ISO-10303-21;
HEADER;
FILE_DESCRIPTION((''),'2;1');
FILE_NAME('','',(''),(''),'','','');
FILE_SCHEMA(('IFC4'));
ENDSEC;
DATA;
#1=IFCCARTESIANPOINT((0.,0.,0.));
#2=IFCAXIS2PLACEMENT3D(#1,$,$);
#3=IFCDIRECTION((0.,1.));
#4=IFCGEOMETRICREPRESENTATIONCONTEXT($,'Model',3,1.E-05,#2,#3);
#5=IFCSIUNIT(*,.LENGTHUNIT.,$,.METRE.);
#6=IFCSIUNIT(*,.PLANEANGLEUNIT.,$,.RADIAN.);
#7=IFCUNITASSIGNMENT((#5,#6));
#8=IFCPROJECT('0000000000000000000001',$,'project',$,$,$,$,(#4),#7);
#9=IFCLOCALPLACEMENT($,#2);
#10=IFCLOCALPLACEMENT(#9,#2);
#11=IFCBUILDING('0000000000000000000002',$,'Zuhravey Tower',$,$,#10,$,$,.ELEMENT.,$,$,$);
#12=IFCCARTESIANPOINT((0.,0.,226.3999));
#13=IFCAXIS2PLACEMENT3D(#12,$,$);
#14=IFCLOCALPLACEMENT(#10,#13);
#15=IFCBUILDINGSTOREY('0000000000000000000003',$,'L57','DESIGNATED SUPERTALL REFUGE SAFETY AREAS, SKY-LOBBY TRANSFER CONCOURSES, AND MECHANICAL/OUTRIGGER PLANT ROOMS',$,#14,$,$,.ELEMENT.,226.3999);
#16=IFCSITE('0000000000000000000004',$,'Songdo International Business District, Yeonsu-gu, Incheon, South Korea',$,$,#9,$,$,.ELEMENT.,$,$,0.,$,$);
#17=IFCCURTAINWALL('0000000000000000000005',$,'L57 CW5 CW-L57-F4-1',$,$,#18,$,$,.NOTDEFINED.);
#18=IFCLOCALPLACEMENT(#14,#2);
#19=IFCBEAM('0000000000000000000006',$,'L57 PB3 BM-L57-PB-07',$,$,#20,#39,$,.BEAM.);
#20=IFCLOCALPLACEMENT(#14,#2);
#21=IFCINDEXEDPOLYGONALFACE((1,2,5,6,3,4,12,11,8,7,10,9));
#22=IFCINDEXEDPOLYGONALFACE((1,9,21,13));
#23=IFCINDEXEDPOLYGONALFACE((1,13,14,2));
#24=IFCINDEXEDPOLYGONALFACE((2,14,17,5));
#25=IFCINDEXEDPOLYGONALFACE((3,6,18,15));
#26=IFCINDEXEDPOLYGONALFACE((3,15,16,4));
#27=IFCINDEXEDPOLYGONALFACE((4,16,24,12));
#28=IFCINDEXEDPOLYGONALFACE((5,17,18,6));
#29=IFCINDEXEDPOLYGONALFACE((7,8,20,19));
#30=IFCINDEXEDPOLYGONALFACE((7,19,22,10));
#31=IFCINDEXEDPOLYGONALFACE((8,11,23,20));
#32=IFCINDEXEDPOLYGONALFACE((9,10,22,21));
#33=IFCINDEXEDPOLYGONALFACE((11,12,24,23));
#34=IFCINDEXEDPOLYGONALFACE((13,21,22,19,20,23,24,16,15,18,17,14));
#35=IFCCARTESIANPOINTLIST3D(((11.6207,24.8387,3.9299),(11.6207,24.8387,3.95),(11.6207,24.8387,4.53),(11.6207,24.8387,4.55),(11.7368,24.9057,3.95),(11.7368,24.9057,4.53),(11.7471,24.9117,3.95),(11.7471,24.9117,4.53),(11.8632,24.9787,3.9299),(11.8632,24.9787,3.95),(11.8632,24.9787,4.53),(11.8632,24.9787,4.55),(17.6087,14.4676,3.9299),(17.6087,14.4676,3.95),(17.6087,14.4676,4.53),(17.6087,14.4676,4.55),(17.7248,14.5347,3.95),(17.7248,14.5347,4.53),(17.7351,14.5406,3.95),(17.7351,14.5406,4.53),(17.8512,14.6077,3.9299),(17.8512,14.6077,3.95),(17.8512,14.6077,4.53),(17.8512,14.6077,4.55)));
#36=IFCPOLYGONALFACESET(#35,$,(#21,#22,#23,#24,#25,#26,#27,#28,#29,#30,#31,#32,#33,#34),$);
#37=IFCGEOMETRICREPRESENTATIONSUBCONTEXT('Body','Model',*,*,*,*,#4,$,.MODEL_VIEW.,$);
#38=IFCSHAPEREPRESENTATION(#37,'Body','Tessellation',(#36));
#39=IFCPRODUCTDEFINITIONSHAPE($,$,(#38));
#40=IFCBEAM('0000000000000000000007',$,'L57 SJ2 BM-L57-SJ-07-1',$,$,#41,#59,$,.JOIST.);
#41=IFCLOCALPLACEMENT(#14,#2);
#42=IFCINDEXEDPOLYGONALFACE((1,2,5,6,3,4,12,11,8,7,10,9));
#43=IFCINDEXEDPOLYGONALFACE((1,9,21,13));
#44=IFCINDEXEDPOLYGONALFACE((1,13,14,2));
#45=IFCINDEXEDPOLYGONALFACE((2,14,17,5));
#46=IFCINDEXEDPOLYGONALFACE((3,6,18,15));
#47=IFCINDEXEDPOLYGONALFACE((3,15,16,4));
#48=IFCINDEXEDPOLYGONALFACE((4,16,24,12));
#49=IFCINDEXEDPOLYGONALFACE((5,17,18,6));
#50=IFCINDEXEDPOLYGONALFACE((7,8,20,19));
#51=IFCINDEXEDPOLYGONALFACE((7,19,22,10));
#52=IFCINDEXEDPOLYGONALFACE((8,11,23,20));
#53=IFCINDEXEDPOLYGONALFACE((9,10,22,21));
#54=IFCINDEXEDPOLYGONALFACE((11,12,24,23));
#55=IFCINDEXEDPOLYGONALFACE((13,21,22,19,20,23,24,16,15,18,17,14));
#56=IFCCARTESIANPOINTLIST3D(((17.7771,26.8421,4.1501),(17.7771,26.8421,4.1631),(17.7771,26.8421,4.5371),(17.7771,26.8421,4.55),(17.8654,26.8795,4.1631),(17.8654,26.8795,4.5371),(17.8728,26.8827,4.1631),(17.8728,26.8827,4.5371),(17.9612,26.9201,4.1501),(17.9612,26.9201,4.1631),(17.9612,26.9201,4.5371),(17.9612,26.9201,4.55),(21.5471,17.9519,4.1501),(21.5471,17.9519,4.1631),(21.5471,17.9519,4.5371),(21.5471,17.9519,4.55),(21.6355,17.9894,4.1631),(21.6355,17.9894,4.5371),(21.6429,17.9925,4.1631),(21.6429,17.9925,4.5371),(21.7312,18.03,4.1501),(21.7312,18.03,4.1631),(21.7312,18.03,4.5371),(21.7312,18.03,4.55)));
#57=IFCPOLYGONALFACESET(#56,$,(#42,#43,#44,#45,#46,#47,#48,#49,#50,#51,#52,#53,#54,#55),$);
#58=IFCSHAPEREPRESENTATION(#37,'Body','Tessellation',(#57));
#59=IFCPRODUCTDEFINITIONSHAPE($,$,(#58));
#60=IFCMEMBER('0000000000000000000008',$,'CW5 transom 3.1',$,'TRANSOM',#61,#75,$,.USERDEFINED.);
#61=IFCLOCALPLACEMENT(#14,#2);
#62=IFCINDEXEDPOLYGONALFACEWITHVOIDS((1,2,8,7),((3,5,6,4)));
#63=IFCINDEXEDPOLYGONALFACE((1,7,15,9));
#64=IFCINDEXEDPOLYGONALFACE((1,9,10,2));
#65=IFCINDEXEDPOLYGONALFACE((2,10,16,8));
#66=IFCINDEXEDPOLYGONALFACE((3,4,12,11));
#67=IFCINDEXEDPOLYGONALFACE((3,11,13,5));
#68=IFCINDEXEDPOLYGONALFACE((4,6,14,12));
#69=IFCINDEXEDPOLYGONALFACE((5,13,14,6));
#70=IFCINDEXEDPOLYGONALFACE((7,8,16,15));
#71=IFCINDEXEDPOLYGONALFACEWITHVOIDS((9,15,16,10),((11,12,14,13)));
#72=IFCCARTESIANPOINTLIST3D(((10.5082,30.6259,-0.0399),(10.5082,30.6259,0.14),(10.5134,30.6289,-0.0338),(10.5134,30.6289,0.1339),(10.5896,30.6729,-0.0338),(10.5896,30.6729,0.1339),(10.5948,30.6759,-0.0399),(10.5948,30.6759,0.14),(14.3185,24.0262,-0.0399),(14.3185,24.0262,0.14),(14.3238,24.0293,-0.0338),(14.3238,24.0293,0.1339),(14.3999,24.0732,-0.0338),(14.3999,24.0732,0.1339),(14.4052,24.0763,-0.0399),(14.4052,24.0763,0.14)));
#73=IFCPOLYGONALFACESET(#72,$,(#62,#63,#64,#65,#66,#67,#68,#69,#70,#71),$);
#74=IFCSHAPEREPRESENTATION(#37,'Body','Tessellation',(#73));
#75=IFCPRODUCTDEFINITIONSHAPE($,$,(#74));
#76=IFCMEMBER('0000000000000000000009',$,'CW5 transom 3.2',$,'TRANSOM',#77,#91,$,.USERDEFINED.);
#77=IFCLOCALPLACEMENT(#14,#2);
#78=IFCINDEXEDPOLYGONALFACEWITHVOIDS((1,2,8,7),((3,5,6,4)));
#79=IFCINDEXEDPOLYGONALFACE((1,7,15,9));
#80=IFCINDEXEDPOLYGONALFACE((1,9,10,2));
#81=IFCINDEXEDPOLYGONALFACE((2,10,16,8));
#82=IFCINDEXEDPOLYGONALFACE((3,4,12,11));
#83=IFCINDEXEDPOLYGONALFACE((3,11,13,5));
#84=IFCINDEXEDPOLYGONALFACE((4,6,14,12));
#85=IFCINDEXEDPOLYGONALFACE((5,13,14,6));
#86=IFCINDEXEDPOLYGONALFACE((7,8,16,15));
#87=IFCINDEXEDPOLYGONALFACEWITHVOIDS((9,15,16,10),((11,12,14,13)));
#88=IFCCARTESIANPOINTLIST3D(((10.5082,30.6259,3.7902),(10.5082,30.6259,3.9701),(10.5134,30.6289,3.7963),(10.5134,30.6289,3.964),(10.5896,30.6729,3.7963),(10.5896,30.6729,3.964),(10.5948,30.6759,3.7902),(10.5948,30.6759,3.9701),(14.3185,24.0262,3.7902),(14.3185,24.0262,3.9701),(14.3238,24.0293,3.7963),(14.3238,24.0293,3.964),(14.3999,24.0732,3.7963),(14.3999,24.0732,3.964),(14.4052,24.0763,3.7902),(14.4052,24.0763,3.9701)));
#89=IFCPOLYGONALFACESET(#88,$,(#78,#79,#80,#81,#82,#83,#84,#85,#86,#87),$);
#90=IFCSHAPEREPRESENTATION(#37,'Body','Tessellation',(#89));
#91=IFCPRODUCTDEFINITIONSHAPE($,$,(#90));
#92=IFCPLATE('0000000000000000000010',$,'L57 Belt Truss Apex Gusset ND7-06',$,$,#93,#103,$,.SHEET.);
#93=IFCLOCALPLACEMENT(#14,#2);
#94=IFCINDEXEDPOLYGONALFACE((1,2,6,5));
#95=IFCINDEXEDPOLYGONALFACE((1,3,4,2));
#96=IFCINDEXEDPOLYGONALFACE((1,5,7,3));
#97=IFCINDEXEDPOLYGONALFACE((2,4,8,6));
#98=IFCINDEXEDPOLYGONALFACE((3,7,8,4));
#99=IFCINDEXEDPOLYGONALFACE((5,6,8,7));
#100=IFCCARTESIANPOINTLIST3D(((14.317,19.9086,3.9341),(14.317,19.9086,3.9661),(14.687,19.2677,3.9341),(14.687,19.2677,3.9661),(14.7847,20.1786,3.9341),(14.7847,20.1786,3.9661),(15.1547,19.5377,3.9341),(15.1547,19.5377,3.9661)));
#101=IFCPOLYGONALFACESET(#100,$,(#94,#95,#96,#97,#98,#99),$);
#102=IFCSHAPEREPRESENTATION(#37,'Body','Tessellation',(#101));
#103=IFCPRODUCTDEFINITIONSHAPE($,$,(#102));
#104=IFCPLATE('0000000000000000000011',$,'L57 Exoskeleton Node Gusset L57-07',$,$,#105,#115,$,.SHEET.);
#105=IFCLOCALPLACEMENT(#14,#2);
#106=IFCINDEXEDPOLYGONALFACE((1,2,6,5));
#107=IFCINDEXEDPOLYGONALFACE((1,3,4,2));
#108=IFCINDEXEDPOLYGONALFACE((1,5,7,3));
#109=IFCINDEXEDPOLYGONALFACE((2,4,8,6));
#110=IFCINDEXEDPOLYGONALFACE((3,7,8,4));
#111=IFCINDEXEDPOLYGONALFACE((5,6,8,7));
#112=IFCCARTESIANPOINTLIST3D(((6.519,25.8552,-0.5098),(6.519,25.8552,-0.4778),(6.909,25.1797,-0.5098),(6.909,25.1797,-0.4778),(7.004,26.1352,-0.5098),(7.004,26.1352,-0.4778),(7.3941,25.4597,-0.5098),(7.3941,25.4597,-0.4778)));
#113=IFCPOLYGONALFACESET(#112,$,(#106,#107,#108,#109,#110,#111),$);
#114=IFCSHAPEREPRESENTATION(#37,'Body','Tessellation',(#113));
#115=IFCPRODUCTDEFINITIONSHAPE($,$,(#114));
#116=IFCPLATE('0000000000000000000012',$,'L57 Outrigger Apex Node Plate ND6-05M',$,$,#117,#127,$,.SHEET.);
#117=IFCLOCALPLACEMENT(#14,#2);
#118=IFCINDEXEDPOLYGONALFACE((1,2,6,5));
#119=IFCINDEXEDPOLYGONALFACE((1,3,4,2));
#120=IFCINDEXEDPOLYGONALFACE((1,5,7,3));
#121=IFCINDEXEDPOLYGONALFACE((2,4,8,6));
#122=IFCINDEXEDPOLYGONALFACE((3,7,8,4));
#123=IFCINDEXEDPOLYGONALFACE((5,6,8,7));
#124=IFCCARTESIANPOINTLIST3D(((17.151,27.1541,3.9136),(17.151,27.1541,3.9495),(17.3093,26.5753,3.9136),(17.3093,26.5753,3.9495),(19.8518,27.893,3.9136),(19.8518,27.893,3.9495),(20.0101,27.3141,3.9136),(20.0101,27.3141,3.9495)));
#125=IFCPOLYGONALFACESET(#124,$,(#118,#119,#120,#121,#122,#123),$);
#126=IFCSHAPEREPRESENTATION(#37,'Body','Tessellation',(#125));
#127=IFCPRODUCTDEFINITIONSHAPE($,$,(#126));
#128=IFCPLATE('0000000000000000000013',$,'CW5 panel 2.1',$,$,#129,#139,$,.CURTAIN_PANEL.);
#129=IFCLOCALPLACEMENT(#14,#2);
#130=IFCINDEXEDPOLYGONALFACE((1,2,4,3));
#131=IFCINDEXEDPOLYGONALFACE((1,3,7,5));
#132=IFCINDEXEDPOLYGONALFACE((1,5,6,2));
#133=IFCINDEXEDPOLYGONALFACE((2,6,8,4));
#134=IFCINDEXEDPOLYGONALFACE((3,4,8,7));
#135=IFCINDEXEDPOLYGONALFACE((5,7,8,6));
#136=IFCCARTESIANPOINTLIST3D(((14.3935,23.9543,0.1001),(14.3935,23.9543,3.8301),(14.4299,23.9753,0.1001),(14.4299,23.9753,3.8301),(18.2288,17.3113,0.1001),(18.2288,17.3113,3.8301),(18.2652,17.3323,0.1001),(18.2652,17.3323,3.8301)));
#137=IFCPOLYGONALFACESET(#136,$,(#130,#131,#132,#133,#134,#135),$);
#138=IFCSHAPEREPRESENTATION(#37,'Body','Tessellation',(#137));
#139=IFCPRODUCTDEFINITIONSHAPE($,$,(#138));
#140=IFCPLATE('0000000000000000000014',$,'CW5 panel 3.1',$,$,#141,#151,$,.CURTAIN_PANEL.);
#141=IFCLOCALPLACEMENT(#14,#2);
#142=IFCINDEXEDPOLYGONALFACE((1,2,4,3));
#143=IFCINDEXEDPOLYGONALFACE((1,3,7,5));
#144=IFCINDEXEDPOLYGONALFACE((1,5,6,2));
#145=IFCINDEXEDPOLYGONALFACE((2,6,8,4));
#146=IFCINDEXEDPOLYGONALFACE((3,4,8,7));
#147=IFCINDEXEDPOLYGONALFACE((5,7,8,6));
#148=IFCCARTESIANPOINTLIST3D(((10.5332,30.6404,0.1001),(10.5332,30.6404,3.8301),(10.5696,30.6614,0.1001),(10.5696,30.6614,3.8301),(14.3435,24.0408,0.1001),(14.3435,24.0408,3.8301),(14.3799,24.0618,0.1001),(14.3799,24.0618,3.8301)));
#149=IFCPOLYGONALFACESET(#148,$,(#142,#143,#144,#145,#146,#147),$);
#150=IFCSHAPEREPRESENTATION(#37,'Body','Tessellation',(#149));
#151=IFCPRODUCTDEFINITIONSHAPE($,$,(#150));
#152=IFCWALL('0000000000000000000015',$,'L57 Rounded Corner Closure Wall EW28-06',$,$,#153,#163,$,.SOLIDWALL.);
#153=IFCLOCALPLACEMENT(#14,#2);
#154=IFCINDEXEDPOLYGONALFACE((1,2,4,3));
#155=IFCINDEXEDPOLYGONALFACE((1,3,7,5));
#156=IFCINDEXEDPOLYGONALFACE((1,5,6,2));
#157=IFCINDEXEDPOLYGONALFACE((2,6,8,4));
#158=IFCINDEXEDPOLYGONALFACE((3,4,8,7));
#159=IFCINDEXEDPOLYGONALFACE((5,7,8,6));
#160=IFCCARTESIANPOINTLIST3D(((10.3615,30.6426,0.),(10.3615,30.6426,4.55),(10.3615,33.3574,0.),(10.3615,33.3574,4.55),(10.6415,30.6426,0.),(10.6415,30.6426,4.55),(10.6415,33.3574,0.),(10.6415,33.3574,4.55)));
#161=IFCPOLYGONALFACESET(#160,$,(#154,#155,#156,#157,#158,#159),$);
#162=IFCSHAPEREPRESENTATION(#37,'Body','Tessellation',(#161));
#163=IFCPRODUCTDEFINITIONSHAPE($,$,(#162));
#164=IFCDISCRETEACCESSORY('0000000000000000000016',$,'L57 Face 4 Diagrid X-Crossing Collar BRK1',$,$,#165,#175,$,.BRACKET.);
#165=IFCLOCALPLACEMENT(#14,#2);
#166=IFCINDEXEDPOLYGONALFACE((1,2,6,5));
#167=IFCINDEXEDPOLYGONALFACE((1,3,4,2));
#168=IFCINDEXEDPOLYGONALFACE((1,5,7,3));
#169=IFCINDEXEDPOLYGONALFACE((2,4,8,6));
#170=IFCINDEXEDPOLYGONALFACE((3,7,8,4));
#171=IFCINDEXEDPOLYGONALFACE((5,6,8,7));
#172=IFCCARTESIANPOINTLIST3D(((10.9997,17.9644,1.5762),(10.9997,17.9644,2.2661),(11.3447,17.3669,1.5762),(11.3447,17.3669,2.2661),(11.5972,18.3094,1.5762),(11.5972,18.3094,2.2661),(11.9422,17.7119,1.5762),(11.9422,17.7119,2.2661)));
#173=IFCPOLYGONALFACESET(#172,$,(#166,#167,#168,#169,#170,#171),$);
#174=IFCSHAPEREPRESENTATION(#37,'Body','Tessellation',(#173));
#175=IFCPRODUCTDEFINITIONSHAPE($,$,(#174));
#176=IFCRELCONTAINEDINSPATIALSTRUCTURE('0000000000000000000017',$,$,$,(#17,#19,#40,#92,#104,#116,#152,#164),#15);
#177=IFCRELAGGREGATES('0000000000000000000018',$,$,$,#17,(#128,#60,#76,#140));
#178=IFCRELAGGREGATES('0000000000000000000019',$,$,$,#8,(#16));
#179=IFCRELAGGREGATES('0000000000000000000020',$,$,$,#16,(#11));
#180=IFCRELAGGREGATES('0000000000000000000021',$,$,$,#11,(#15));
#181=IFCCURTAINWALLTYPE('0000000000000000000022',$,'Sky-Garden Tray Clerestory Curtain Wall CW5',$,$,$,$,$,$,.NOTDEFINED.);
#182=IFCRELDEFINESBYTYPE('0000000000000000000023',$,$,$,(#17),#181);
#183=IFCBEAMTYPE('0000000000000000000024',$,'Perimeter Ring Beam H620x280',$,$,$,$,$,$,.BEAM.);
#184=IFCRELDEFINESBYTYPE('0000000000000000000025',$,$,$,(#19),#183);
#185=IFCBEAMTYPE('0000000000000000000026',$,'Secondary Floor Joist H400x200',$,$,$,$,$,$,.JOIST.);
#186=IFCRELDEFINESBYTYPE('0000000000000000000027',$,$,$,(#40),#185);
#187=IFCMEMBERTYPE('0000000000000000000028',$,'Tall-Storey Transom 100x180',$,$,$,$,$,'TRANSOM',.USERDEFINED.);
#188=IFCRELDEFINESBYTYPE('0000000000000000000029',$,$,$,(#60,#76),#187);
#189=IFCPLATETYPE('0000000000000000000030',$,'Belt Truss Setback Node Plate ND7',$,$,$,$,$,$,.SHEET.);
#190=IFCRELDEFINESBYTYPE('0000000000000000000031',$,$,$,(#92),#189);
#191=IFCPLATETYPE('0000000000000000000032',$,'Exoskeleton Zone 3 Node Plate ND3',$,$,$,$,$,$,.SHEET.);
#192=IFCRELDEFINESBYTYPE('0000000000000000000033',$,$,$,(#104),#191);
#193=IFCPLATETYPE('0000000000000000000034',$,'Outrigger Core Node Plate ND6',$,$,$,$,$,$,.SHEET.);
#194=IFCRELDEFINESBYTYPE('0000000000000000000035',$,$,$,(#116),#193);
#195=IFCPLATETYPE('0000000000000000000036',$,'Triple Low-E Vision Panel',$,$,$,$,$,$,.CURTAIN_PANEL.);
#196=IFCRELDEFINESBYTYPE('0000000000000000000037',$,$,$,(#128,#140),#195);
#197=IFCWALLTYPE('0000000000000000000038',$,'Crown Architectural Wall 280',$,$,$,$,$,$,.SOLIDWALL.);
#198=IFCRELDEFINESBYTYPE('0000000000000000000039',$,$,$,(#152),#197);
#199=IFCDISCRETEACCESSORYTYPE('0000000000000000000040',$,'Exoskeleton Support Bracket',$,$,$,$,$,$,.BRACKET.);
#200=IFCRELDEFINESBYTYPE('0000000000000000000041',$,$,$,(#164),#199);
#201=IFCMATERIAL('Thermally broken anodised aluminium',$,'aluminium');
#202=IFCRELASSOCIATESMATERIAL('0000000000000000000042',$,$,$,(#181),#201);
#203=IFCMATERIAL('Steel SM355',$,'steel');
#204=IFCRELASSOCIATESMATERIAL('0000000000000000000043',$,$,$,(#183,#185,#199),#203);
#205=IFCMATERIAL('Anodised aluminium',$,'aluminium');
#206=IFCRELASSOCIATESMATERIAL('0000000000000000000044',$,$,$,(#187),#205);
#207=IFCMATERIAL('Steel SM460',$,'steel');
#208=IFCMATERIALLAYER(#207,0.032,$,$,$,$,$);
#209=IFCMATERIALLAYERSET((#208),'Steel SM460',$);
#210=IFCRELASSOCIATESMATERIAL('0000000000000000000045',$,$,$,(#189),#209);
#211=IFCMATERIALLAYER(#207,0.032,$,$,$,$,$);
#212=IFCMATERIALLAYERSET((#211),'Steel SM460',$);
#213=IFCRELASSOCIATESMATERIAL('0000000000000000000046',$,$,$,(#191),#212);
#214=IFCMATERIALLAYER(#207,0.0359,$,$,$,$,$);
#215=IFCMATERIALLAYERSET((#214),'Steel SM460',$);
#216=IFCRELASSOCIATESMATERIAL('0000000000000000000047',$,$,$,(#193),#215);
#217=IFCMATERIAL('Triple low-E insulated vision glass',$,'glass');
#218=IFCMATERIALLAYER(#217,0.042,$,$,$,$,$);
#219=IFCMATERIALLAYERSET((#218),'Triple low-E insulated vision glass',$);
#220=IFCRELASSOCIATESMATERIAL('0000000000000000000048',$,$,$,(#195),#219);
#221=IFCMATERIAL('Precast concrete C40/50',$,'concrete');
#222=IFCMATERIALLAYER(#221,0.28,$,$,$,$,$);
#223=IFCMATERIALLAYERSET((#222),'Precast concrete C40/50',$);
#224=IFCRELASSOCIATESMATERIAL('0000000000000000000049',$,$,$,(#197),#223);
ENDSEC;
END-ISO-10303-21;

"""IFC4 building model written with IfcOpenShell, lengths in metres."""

from ifc_helpers import new_model, si_unit, direction, frame, frame_2d, origin, origin_2d, place, context, subcontext, project, spatial, rectangle, hollow_rectangle, i_section, extrude, material, layer, layer_set, material_profile, profile_set, type_object, element, aggregate, save


model = new_model("IFC4")

# Units and contexts
model_context = context("Model", 3, precision=1e-05, world=origin(), true_north=direction((0.0, 1.0)))
body_context = subcontext(model_context, "Body", "Model", "MODEL_VIEW")
ifc_project = project(units=[si_unit("LENGTHUNIT", "METRE"), si_unit("PLANEANGLEUNIT", "RADIAN")], contexts=[model_context])

# Site, building, storey
site_placement = place(None, origin())
site = spatial("IfcSite", under=ifc_project, at=site_placement, Name="Songdo International Business District, Yeonsu-gu, Incheon, South Korea", CompositionType="ELEMENT", RefElevation=0.0)
building_placement = place(site_placement, origin())
building = spatial("IfcBuilding", under=site, at=building_placement, Name="Zuhravey Tower", CompositionType="ELEMENT")
storey_placement = place(building_placement, frame((0.0, 0.0, 226.3999)))
storey = spatial("IfcBuildingStorey", under=building, at=storey_placement, Name="L57", Description="DESIGNATED SUPERTALL REFUGE SAFETY AREAS, SKY-LOBBY TRANSFER CONCOURSES, AND MECHANICAL/OUTRIGGER PLANT ROOMS", CompositionType="ELEMENT", Elevation=226.3999)

# Shared definitions
ifc_material_1 = material(Name="Steel SM355", Category="steel")

# Shared definitions
ifc_material_2 = material(Name="Steel SM460", Category="steel")

# Curtain wall
ifc_material_3 = material(Name="Thermally broken anodised aluminium", Category="aluminium")
curtain_wall_type = type_object("IfcCurtainWallType", Name="Sky-Garden Tray Clerestory Curtain Wall CW5", PredefinedType="NOTDEFINED", material=ifc_material_3)
curtain_wall_placement = place(storey_placement, origin())
curtain_wall = element("IfcCurtainWall", 1, at=curtain_wall_placement, inside=storey, type_object=curtain_wall_type, Name="L57 CW5 CW-L57-F4-1", PredefinedType="NOTDEFINED")
ifc_material_4 = material(Name="Anodised aluminium", Category="aluminium")

# Beams
ifc_material_profile_1 = material_profile(ifc_material_1, i_section(OverallWidth=0.28, OverallDepth=0.6201, WebThickness=0.012, FlangeThickness=0.02, at=origin_2d()), Name="H-620x280x12x20")
ifc_profile_set_1 = profile_set([ifc_material_profile_1], Name="Steel SM355")
beam_type_1 = type_object("IfcBeamType", Name="Perimeter Ring Beam H620x280", PredefinedType="BEAM", material=ifc_profile_set_1)
beam_1_placement = place(storey_placement, frame((11.7419, 24.9087, 4.24), z_axis=(0.500018, -0.866015, 0.0), x_axis=(0.866015, 0.500018, 0.0)))
element("IfcBeam", 2, at=beam_1_placement, inside=storey, type_object=beam_type_1, Name="L57 PB3 BM-L57-PB-07", PredefinedType="BEAM", context=body_context, shape_type="SweptSolid", body=[
    extrude(i_section(OverallWidth=0.28, OverallDepth=0.6201, WebThickness=0.012, FlangeThickness=0.02, at=origin_2d()), origin(), (0.0, 0.0, 1.0), 11.9756),
])
ifc_material_profile_2 = material_profile(ifc_material_1, i_section(OverallWidth=0.2, OverallDepth=0.3999, WebThickness=0.0081, FlangeThickness=0.0129, at=origin_2d()), Name="H-400x200x8x13")
ifc_profile_set_2 = profile_set([ifc_material_profile_2], Name="Steel SM355")
beam_type_2 = type_object("IfcBeamType", Name="Secondary Floor Joist H400x200", PredefinedType="JOIST", material=ifc_profile_set_2)
beam_2_placement = place(storey_placement, frame((17.8691, 26.8811, 4.3501), z_axis=(0.390413, -0.92064, 0.0), x_axis=(0.92064, 0.390413, 0.0)))
element("IfcBeam", 3, at=beam_2_placement, inside=storey, type_object=beam_type_2, Name="L57 SJ2 BM-L57-SJ-07-1", PredefinedType="JOIST", context=body_context, shape_type="SweptSolid", body=[
    extrude(i_section(OverallWidth=0.2, OverallDepth=0.3999, WebThickness=0.0081, FlangeThickness=0.0129, at=origin_2d()), origin(), (0.0, 0.0, 1.0), 9.6565),
])

# Members
ifc_material_profile_3 = material_profile(ifc_material_4, hollow_rectangle(XDim=0.1001, YDim=0.1799, WallThickness=0.0061, at=origin_2d()), Name="ALU-RHS-100x180x6")
ifc_profile_set_3 = profile_set([ifc_material_profile_3], Name="Anodised aluminium")
member_type_1 = type_object("IfcMemberType", Name="Tall-Storey Transom 100x180", ElementType="TRANSOM", PredefinedType="USERDEFINED", material=ifc_profile_set_3)
member_1_placement = place(storey_placement, frame((14.3618, 24.0513, 0.05), z_axis=(-0.500002, 0.866024, 0.0), x_axis=(-0.866024, -0.500002, 0.0)))
member_1 = element("IfcMember", 4, at=member_1_placement, type_object=member_type_1, Name="CW5 transom 3.1", ObjectType="TRANSOM", PredefinedType="USERDEFINED", context=body_context, shape_type="SweptSolid", body=[
    extrude(hollow_rectangle(XDim=0.1001, YDim=0.1799, WallThickness=0.0061, at=origin_2d()), origin(), (0.0, 0.0, 1.0), 7.6206),
])
member_2_placement = place(storey_placement, frame((14.3618, 24.0513, 3.8801), z_axis=(-0.500002, 0.866024, 0.0), x_axis=(-0.866024, -0.500002, 0.0)))
member_2 = element("IfcMember", 5, at=member_2_placement, type_object=member_type_1, Name="CW5 transom 3.2", ObjectType="TRANSOM", PredefinedType="USERDEFINED", context=body_context, shape_type="SweptSolid", body=[
    extrude(hollow_rectangle(XDim=0.1001, YDim=0.1799, WallThickness=0.0061, at=origin_2d()), origin(), (0.0, 0.0, 1.0), 7.6206),
])

# Plates
ifc_layer_1 = layer(ifc_material_2, 0.032)
ifc_layer_set_1 = layer_set([ifc_layer_1], Name="Steel SM460")
plate_type_1 = type_object("IfcPlateType", Name="Belt Truss Setback Node Plate ND7", PredefinedType="SHEET", material=ifc_layer_set_1)
plate_1_placement = place(storey_placement, frame((14.7358, 19.7231, 3.9341), z_axis=(0.0, 0.0, 1.0), x_axis=(0.5, -0.866025, 0.0)))
element("IfcPlate", 6, at=plate_1_placement, inside=storey, type_object=plate_type_1, Name="L57 Belt Truss Apex Gusset ND7-06", PredefinedType="SHEET", context=body_context, shape_type="SweptSolid", body=[
    extrude(rectangle(XDim=0.74, YDim=0.54, at=origin_2d()), origin(), (0.0, 0.0, 1.0), 0.032),
])
ifc_layer_2 = layer(ifc_material_2, 0.032)
ifc_layer_set_2 = layer_set([ifc_layer_2], Name="Steel SM460")
plate_type_2 = type_object("IfcPlateType", Name="Exoskeleton Zone 3 Node Plate ND3", PredefinedType="SHEET", material=ifc_layer_set_2)
plate_2_placement = place(storey_placement, frame((6.9565, 25.6575, -0.5098), z_axis=(0.0, 0.0, 1.0), x_axis=(0.5, -0.866025, 0.0)))
element("IfcPlate", 7, at=plate_2_placement, inside=storey, type_object=plate_type_2, Name="L57 Exoskeleton Node Gusset L57-07", PredefinedType="SHEET", context=body_context, shape_type="SweptSolid", body=[
    extrude(rectangle(XDim=0.78, YDim=0.5601, at=origin_2d()), origin(), (0.0, 0.0, 1.0), 0.032),
])
ifc_layer_3 = layer(ifc_material_2, 0.0359)
ifc_layer_set_3 = layer_set([ifc_layer_3], Name="Steel SM460")
plate_type_3 = type_object("IfcPlateType", Name="Outrigger Core Node Plate ND6", PredefinedType="SHEET", material=ifc_layer_set_3)
plate_3_placement = place(storey_placement, frame((18.5806, 27.2341, 3.9136), z_axis=(0.0, 0.0, 1.0), x_axis=(-0.964557, -0.263873, 0.0)))
element("IfcPlate", 8, at=plate_3_placement, inside=storey, type_object=plate_type_3, Name="L57 Outrigger Apex Node Plate ND6-05M", PredefinedType="SHEET", context=body_context, shape_type="SweptSolid", body=[
    extrude(rectangle(XDim=2.8, YDim=0.6001, at=origin_2d()), origin(), (0.0, 0.0, 1.0), 0.0359),
])

# Plates
ifc_material_5 = material(Name="Triple low-E insulated vision glass", Category="glass")
ifc_layer_4 = layer(ifc_material_5, 0.042)
ifc_layer_set_4 = layer_set([ifc_layer_4], Name="Triple low-E insulated vision glass")
plate_type_4 = type_object("IfcPlateType", Name="Triple Low-E Vision Panel", PredefinedType="CURTAIN_PANEL", material=ifc_layer_set_4)
plate_4_placement = place(storey_placement, frame((16.3293, 20.6433, 0.1001), z_axis=(0.0, 0.0, 1.0), x_axis=(-0.5, 0.866025, 0.0)))
plate_4 = element("IfcPlate", 9, at=plate_4_placement, type_object=plate_type_4, Name="CW5 panel 2.1", PredefinedType="CURTAIN_PANEL", context=body_context, shape_type="SweptSolid", body=[
    extrude(rectangle(XDim=7.6707, YDim=0.042, at=origin_2d()), origin(), (0.0, 0.0, 1.0), 3.73),
])
plate_5_placement = place(storey_placement, frame((12.4565, 27.3511, 0.1001), z_axis=(0.0, 0.0, 1.0), x_axis=(-0.5, 0.866025, 0.0)))
plate_5 = element("IfcPlate", 10, at=plate_5_placement, type_object=plate_type_4, Name="CW5 panel 3.1", PredefinedType="CURTAIN_PANEL", context=body_context, shape_type="SweptSolid", body=[
    extrude(rectangle(XDim=7.6206, YDim=0.042, at=origin_2d()), origin(), (0.0, 0.0, 1.0), 3.73),
])
aggregate(curtain_wall, [plate_4, member_1, member_2, plate_5])

# Wall
ifc_material_6 = material(Name="Precast concrete C40/50", Category="concrete")
ifc_layer_5 = layer(ifc_material_6, 0.28)
ifc_layer_set_5 = layer_set([ifc_layer_5], Name="Precast concrete C40/50")
wall_type = type_object("IfcWallType", Name="Crown Architectural Wall 280", PredefinedType="SOLIDWALL", material=ifc_layer_set_5)
wall_placement = place(storey_placement, frame((10.5015, 30.6426, 0.0), z_axis=(0.0, 0.0, 1.0), x_axis=(0.0, 1.0, 0.0)))
element("IfcWall", 11, at=wall_placement, inside=storey, type_object=wall_type, Name="L57 Rounded Corner Closure Wall EW28-06", PredefinedType="SOLIDWALL", context=body_context, shape_type="SweptSolid", body=[
    extrude(rectangle(XDim=2.7148, YDim=0.28, at=frame_2d((1.3574, 0.0))), origin(), (0.0, 0.0, 1.0), 4.55),
])

# Discrete accessory
discrete_accessory_type = type_object("IfcDiscreteAccessoryType", Name="Exoskeleton Support Bracket", PredefinedType="BRACKET", material=ifc_material_1)
discrete_accessory_placement = place(storey_placement, frame((11.4709, 17.8381, 1.5762), z_axis=(0.0, 0.0, 1.0), x_axis=(0.5, -0.866025, 0.0)))
element("IfcDiscreteAccessory", 12, at=discrete_accessory_placement, inside=storey, type_object=discrete_accessory_type, Name="L57 Face 4 Diagrid X-Crossing Collar BRK1", PredefinedType="BRACKET", context=body_context, shape_type="SweptSolid", body=[
    extrude(rectangle(XDim=0.6899, YDim=0.6899, at=origin_2d()), origin(), (0.0, 0.0, 1.0), 0.6899),
])

save(model, "model.ifc")
